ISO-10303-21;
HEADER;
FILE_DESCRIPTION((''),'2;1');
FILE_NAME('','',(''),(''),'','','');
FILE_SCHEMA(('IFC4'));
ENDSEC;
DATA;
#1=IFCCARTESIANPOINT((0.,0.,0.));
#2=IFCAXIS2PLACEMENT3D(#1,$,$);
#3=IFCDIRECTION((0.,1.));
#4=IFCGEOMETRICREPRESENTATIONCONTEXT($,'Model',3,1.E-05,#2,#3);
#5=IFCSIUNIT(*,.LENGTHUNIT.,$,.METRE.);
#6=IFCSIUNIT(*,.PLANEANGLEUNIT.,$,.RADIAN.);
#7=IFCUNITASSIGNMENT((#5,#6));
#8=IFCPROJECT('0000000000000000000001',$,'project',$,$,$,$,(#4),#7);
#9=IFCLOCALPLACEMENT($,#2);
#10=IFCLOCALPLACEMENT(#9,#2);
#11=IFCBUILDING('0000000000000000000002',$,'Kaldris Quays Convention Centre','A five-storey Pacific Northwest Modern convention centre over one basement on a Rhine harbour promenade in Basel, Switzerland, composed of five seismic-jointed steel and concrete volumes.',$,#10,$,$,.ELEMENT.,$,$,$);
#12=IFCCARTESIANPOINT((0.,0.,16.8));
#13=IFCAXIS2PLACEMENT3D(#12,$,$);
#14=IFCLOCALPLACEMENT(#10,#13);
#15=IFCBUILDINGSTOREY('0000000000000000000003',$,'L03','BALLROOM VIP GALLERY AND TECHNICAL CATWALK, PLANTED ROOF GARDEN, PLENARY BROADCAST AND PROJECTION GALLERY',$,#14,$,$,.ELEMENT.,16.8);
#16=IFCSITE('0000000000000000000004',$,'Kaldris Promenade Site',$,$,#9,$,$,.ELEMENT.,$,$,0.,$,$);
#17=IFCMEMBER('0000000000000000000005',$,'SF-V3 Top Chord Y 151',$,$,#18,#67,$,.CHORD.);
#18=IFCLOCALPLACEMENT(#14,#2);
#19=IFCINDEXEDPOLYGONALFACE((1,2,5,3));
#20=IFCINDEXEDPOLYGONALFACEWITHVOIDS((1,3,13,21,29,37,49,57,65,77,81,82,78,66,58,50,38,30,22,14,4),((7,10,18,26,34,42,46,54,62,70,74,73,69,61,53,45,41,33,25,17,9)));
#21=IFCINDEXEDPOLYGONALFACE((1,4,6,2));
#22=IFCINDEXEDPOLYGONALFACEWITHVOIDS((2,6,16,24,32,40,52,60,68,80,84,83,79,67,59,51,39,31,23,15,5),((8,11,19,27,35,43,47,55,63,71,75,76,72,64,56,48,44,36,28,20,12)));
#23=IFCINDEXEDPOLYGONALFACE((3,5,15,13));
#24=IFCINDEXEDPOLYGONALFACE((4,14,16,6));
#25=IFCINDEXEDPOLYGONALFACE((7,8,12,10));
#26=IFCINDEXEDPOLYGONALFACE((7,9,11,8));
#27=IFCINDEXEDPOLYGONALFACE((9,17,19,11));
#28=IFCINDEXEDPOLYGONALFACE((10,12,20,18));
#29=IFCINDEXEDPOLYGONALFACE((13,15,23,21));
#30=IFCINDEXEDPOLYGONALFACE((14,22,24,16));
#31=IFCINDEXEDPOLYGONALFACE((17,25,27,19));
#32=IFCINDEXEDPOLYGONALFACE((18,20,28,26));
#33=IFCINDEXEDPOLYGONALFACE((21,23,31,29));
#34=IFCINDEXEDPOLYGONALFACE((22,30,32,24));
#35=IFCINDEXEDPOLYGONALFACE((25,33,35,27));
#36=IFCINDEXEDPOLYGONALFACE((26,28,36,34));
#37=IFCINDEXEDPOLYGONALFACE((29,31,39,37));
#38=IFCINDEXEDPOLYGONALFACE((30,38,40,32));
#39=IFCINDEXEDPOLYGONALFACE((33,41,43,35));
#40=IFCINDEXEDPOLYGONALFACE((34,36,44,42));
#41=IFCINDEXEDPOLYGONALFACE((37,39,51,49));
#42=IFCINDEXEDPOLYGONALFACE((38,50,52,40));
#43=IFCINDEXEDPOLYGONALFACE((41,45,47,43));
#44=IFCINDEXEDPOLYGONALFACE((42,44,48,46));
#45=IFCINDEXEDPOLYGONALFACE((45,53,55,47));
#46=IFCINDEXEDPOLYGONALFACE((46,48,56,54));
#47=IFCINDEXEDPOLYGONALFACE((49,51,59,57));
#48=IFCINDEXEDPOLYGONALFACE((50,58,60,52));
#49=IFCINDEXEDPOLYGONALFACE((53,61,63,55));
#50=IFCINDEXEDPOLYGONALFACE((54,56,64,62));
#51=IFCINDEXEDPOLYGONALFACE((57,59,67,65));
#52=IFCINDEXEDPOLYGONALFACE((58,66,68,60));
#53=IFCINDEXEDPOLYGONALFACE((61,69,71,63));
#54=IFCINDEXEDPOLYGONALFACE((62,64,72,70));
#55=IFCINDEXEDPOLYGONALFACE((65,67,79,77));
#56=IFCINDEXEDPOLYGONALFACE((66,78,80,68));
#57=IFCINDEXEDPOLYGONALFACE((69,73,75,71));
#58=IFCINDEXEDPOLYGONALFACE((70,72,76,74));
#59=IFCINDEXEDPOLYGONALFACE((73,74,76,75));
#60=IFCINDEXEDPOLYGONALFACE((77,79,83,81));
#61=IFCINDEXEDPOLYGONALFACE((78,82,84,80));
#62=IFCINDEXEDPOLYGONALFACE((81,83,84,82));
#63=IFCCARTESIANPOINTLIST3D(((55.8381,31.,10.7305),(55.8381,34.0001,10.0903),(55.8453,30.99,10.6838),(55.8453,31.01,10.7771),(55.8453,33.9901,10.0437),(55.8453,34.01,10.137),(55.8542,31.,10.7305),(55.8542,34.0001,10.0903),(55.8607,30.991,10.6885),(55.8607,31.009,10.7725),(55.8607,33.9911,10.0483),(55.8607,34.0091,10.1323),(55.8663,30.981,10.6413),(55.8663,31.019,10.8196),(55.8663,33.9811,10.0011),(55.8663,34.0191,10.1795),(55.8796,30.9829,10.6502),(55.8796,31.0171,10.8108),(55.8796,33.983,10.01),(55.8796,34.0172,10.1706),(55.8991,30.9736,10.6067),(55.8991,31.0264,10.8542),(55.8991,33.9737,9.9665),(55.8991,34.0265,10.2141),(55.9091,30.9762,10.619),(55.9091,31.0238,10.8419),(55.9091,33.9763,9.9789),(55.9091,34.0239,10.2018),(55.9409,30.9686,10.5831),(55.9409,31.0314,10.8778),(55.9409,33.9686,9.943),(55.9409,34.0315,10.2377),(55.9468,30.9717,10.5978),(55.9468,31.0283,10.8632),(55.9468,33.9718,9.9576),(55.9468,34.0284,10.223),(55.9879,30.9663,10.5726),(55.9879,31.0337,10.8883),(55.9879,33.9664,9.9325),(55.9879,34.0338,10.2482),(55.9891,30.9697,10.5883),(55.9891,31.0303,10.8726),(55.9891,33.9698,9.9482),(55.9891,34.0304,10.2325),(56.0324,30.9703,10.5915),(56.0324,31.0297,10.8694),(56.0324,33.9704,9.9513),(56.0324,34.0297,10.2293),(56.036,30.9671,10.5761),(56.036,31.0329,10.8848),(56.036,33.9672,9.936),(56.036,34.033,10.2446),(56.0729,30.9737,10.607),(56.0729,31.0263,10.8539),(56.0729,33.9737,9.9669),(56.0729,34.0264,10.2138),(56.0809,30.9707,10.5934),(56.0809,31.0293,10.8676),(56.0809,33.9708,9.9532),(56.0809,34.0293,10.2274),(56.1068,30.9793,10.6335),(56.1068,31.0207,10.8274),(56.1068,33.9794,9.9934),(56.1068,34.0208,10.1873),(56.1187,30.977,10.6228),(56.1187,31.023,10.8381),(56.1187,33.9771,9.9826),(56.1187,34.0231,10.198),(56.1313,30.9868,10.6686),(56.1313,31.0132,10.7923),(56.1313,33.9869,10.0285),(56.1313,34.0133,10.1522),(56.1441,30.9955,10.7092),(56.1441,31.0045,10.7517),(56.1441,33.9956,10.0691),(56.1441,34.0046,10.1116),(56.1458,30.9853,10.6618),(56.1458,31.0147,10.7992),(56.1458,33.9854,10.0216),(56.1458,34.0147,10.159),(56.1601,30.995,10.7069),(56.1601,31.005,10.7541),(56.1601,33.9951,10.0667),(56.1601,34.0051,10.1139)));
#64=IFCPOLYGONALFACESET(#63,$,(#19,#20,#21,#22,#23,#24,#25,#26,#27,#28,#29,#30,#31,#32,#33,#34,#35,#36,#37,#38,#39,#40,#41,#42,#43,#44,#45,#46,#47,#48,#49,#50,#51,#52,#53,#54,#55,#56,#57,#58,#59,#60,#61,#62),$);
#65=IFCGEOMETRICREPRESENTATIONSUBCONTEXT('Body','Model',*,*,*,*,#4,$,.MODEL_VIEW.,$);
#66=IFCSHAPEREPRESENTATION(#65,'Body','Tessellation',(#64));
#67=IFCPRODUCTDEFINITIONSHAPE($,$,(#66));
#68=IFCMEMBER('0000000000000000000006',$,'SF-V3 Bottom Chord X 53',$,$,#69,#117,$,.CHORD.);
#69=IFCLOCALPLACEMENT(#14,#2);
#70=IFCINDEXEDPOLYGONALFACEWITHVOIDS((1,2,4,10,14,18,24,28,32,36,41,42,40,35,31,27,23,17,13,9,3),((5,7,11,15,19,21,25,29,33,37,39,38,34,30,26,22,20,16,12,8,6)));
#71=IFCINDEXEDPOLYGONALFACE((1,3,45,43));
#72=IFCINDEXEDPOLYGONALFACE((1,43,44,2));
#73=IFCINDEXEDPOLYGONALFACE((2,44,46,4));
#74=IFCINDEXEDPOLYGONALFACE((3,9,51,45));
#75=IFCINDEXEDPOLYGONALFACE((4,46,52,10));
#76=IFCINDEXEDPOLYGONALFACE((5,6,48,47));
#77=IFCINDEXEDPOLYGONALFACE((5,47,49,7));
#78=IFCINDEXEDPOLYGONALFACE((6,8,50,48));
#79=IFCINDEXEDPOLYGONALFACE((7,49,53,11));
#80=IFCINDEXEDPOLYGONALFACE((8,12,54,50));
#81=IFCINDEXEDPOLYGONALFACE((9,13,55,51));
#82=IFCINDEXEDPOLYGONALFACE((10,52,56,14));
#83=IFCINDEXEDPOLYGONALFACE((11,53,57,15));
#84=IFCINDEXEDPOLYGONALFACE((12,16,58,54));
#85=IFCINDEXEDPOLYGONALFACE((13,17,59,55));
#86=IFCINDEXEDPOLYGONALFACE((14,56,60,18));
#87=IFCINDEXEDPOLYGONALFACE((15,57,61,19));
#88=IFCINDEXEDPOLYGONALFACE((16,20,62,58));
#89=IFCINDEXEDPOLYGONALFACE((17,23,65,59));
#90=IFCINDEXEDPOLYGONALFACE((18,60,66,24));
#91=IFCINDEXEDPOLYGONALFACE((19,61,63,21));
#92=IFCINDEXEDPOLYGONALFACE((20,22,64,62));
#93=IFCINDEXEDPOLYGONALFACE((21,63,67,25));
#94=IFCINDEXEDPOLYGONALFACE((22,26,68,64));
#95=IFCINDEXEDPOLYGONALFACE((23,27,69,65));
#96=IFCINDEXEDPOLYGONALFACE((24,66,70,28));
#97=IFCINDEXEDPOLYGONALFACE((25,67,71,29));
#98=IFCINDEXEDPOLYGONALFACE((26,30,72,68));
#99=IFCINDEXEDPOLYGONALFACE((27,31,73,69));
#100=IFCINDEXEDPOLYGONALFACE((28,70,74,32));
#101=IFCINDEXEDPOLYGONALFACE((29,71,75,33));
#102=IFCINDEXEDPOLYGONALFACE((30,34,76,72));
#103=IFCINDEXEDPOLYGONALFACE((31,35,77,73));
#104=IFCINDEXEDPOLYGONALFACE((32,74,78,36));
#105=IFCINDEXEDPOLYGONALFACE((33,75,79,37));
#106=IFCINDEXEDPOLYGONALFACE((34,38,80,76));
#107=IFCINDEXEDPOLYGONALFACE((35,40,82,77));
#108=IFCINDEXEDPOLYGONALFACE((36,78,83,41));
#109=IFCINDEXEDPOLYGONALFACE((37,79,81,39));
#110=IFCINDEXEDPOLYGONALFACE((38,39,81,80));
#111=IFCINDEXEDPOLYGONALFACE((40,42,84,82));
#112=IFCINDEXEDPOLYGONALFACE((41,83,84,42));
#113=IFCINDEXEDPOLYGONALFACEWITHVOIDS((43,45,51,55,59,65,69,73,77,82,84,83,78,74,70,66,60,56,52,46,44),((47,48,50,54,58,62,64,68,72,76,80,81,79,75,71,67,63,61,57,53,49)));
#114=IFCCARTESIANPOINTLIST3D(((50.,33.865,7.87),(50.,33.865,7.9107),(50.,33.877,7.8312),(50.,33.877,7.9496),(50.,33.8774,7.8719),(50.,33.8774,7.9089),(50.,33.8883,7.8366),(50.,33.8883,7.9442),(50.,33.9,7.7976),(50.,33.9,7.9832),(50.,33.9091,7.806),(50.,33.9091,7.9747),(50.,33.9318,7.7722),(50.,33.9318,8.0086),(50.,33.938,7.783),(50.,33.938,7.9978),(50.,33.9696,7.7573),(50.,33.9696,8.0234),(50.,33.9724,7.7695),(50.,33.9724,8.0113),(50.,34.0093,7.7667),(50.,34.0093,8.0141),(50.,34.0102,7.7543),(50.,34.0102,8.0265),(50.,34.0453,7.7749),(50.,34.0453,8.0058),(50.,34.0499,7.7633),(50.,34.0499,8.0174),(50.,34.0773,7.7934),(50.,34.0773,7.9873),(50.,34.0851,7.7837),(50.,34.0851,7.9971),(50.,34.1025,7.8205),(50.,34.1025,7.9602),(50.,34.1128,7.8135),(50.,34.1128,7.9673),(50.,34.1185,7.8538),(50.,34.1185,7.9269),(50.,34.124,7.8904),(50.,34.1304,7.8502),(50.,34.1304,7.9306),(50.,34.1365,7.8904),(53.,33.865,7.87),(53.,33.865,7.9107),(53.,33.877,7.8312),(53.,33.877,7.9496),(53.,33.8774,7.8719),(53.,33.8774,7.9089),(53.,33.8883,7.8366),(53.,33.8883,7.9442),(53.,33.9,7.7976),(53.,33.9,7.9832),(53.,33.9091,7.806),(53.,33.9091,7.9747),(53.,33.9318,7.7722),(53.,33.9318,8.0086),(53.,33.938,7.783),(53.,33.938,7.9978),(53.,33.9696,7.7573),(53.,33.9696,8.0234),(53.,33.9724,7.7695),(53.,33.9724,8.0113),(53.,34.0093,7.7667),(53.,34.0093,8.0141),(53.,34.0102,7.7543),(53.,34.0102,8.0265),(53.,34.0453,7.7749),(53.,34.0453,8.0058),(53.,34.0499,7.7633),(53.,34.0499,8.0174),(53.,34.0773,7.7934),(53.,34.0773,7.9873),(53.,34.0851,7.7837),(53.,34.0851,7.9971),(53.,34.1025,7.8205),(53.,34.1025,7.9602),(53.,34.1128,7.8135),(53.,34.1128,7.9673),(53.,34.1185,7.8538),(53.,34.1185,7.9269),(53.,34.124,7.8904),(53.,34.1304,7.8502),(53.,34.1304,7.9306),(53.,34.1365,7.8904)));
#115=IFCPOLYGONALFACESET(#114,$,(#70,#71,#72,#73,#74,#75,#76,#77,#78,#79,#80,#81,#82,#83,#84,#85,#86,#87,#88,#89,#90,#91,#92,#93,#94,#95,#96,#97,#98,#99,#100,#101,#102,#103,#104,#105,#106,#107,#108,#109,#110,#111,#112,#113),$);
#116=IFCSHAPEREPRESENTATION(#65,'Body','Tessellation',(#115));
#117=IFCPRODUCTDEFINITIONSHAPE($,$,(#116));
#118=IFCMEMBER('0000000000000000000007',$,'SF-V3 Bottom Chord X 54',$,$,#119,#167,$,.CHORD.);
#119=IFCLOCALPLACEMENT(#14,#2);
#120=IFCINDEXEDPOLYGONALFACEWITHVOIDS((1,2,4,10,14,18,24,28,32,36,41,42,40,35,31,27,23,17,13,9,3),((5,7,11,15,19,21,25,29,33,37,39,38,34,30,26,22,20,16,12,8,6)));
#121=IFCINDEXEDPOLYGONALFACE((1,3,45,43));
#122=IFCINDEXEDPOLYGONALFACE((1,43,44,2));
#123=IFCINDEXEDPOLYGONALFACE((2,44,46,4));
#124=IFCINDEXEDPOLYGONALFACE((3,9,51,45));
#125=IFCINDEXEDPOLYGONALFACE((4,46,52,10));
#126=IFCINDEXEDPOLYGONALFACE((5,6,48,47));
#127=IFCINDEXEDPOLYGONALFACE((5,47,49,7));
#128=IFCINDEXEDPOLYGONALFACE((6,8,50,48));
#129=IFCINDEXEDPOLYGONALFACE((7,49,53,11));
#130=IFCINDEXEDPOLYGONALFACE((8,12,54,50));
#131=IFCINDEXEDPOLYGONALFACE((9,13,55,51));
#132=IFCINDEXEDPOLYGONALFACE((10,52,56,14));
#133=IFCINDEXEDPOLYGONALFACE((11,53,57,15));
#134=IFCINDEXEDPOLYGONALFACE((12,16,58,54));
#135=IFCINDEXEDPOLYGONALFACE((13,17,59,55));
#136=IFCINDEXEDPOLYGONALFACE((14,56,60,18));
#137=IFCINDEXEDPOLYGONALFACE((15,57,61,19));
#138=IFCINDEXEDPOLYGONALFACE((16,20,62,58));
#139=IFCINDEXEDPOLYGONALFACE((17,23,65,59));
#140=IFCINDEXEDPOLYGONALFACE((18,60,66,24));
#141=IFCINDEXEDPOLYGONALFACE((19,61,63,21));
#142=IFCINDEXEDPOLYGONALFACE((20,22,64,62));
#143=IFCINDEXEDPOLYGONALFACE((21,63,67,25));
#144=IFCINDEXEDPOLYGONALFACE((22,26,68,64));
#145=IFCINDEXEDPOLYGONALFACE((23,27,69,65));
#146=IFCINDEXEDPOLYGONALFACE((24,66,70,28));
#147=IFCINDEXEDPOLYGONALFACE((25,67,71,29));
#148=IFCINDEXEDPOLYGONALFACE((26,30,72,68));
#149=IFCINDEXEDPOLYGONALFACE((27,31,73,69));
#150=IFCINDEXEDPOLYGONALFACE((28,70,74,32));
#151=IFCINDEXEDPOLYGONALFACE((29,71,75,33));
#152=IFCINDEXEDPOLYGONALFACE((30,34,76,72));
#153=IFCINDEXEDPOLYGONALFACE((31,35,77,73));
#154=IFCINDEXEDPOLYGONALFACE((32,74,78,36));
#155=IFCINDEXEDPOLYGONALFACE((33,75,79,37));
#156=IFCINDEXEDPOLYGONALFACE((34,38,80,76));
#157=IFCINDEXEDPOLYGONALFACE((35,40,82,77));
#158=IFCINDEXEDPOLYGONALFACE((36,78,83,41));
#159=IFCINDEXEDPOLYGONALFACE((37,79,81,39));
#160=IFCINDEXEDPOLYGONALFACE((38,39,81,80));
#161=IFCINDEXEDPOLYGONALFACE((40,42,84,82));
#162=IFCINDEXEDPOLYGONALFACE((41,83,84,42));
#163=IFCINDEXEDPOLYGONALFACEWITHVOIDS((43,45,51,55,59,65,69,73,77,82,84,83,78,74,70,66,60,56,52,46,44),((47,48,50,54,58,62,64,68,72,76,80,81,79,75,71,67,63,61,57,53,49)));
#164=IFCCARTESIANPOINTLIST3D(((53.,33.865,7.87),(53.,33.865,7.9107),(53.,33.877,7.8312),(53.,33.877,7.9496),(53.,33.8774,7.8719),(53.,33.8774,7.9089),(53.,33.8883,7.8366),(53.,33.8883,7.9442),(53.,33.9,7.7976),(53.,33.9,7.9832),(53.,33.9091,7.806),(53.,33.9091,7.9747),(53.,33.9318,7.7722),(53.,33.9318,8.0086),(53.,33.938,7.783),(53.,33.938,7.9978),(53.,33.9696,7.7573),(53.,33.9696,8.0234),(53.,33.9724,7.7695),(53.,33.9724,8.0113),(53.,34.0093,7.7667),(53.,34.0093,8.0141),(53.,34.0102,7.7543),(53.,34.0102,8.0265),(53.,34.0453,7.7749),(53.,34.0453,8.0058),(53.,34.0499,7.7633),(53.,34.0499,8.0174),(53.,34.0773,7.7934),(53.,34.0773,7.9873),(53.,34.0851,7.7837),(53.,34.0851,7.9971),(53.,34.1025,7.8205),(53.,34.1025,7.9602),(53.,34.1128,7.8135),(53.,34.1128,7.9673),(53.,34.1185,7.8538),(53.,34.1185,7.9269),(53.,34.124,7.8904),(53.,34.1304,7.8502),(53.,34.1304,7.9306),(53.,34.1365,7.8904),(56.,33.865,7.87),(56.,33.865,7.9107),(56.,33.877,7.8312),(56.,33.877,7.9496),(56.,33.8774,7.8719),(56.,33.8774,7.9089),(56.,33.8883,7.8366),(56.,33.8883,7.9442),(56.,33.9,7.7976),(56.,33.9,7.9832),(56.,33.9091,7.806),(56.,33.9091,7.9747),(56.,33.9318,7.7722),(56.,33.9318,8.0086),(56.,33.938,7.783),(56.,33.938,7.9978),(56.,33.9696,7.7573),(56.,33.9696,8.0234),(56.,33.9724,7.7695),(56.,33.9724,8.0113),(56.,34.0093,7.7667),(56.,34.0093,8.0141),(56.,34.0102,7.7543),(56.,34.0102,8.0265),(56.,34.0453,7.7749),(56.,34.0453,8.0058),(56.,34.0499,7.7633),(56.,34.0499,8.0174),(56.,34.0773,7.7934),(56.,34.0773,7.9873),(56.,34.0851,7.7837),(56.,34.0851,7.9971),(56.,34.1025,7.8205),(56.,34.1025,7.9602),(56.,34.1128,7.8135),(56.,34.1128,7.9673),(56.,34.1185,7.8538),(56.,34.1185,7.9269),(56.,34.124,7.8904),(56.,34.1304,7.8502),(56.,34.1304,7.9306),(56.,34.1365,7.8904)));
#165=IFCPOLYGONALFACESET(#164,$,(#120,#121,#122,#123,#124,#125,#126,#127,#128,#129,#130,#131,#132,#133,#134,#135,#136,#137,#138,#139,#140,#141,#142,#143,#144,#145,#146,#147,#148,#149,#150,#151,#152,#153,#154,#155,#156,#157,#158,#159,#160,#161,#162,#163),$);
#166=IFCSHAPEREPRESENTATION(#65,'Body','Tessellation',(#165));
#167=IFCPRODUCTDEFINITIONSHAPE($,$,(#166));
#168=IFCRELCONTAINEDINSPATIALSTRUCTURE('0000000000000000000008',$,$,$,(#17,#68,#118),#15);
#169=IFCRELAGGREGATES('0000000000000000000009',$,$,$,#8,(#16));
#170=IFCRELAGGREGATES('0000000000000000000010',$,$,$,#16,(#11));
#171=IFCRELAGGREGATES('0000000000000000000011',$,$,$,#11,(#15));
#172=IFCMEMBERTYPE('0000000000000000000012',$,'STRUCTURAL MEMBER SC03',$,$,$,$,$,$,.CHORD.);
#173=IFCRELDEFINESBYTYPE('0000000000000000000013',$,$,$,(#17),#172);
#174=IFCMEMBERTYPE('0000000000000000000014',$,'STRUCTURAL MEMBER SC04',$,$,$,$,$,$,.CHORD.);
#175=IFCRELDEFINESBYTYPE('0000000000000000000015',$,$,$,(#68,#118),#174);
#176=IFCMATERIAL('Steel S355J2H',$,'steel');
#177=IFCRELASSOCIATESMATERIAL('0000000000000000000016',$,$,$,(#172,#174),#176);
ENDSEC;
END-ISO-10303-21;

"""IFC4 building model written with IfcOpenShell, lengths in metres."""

from ifc_helpers import new_model, si_unit, direction, frame, origin, origin_2d, place, context, subcontext, project, spatial, hollow_circle, extrude, material, material_profile, profile_set, type_object, element, save


model = new_model("IFC4")

# Units and contexts
model_context = context("Model", 3, precision=1e-05, world=origin(), true_north=direction((0.0, 1.0)))
body_context = subcontext(model_context, "Body", "Model", "MODEL_VIEW")
ifc_project = project(units=[si_unit("LENGTHUNIT", "METRE"), si_unit("PLANEANGLEUNIT", "RADIAN")], contexts=[model_context])

# Site, building, storey
site_placement = place(None, origin())
site = spatial("IfcSite", under=ifc_project, at=site_placement, Name="Kaldris Promenade Site", CompositionType="ELEMENT", RefElevation=0.0)
building_placement = place(site_placement, origin())
building = spatial("IfcBuilding", under=site, at=building_placement, Name="Kaldris Quays Convention Centre", Description="A five-storey Pacific Northwest Modern convention centre over one basement on a Rhine harbour promenade in Basel, Switzerland, composed of five seismic-jointed steel and concrete volumes.", CompositionType="ELEMENT")
storey_placement = place(building_placement, frame((0.0, 0.0, 16.8)))
storey = spatial("IfcBuildingStorey", under=building, at=storey_placement, Name="L03", Description="BALLROOM VIP GALLERY AND TECHNICAL CATWALK, PLANTED ROOF GARDEN, PLENARY BROADCAST AND PROJECTION GALLERY", CompositionType="ELEMENT", Elevation=16.8)

# Members
ifc_material_1 = material(Name="Steel S355J2H", Category="steel")
ifc_material_profile_1 = material_profile(ifc_material_1, hollow_circle(Radius=0.1619, WallThickness=0.0161, at=origin_2d()), Name="CHS 323.9x16")
ifc_profile_set_1 = profile_set([ifc_material_profile_1], Name="Steel S355J2H")
member_type_1 = type_object("IfcMemberType", Name="STRUCTURAL MEMBER SC03", PredefinedType="CHORD", material=ifc_profile_set_1)
for number, where, z_axis, x_axis, name in (
    (1, (56.0, 31.0, 10.7305), (0.0, 0.977984, -0.208681), (-1.0, 0.0, 0.0), "SF-V3 Top Chord Y 151"),
):
    element("IfcMember", number, at=place(storey_placement, frame(where, z_axis=z_axis, x_axis=x_axis)), inside=storey, type_object=member_type_1, Name=name, PredefinedType="CHORD", context=body_context, shape_type="SweptSolid", body=[
        extrude(hollow_circle(Radius=0.1619, WallThickness=0.0161, at=origin_2d()), origin(), (0.0, 0.0, 1.0), 3.0676),
    ])
ifc_material_profile_2 = material_profile(ifc_material_1, hollow_circle(Radius=0.1365, WallThickness=0.0125, at=origin_2d()), Name="CHS 273x12.5")
ifc_profile_set_2 = profile_set([ifc_material_profile_2], Name="Steel S355J2H")
member_type_2 = type_object("IfcMemberType", Name="STRUCTURAL MEMBER SC04", PredefinedType="CHORD", material=ifc_profile_set_2)
for number, where, z_axis, x_axis, name in (
    (2, (50.0, 34.0, 7.8904), (1.0, 0.0, 0.0), (0.0, 1.0, 0.0), "SF-V3 Bottom Chord X 53"),
    (3, (53.0, 34.0, 7.8904), (1.0, 0.0, 0.0), (0.0, 1.0, 0.0), "SF-V3 Bottom Chord X 54"),
):
    element("IfcMember", number, at=place(storey_placement, frame(where, z_axis=z_axis, x_axis=x_axis)), inside=storey, type_object=member_type_2, Name=name, PredefinedType="CHORD", context=body_context, shape_type="SweptSolid", body=[
        extrude(hollow_circle(Radius=0.1365, WallThickness=0.0125, at=origin_2d()), origin(), (0.0, 0.0, 1.0), 3.0),
    ])

save(model, "model.ifc")
